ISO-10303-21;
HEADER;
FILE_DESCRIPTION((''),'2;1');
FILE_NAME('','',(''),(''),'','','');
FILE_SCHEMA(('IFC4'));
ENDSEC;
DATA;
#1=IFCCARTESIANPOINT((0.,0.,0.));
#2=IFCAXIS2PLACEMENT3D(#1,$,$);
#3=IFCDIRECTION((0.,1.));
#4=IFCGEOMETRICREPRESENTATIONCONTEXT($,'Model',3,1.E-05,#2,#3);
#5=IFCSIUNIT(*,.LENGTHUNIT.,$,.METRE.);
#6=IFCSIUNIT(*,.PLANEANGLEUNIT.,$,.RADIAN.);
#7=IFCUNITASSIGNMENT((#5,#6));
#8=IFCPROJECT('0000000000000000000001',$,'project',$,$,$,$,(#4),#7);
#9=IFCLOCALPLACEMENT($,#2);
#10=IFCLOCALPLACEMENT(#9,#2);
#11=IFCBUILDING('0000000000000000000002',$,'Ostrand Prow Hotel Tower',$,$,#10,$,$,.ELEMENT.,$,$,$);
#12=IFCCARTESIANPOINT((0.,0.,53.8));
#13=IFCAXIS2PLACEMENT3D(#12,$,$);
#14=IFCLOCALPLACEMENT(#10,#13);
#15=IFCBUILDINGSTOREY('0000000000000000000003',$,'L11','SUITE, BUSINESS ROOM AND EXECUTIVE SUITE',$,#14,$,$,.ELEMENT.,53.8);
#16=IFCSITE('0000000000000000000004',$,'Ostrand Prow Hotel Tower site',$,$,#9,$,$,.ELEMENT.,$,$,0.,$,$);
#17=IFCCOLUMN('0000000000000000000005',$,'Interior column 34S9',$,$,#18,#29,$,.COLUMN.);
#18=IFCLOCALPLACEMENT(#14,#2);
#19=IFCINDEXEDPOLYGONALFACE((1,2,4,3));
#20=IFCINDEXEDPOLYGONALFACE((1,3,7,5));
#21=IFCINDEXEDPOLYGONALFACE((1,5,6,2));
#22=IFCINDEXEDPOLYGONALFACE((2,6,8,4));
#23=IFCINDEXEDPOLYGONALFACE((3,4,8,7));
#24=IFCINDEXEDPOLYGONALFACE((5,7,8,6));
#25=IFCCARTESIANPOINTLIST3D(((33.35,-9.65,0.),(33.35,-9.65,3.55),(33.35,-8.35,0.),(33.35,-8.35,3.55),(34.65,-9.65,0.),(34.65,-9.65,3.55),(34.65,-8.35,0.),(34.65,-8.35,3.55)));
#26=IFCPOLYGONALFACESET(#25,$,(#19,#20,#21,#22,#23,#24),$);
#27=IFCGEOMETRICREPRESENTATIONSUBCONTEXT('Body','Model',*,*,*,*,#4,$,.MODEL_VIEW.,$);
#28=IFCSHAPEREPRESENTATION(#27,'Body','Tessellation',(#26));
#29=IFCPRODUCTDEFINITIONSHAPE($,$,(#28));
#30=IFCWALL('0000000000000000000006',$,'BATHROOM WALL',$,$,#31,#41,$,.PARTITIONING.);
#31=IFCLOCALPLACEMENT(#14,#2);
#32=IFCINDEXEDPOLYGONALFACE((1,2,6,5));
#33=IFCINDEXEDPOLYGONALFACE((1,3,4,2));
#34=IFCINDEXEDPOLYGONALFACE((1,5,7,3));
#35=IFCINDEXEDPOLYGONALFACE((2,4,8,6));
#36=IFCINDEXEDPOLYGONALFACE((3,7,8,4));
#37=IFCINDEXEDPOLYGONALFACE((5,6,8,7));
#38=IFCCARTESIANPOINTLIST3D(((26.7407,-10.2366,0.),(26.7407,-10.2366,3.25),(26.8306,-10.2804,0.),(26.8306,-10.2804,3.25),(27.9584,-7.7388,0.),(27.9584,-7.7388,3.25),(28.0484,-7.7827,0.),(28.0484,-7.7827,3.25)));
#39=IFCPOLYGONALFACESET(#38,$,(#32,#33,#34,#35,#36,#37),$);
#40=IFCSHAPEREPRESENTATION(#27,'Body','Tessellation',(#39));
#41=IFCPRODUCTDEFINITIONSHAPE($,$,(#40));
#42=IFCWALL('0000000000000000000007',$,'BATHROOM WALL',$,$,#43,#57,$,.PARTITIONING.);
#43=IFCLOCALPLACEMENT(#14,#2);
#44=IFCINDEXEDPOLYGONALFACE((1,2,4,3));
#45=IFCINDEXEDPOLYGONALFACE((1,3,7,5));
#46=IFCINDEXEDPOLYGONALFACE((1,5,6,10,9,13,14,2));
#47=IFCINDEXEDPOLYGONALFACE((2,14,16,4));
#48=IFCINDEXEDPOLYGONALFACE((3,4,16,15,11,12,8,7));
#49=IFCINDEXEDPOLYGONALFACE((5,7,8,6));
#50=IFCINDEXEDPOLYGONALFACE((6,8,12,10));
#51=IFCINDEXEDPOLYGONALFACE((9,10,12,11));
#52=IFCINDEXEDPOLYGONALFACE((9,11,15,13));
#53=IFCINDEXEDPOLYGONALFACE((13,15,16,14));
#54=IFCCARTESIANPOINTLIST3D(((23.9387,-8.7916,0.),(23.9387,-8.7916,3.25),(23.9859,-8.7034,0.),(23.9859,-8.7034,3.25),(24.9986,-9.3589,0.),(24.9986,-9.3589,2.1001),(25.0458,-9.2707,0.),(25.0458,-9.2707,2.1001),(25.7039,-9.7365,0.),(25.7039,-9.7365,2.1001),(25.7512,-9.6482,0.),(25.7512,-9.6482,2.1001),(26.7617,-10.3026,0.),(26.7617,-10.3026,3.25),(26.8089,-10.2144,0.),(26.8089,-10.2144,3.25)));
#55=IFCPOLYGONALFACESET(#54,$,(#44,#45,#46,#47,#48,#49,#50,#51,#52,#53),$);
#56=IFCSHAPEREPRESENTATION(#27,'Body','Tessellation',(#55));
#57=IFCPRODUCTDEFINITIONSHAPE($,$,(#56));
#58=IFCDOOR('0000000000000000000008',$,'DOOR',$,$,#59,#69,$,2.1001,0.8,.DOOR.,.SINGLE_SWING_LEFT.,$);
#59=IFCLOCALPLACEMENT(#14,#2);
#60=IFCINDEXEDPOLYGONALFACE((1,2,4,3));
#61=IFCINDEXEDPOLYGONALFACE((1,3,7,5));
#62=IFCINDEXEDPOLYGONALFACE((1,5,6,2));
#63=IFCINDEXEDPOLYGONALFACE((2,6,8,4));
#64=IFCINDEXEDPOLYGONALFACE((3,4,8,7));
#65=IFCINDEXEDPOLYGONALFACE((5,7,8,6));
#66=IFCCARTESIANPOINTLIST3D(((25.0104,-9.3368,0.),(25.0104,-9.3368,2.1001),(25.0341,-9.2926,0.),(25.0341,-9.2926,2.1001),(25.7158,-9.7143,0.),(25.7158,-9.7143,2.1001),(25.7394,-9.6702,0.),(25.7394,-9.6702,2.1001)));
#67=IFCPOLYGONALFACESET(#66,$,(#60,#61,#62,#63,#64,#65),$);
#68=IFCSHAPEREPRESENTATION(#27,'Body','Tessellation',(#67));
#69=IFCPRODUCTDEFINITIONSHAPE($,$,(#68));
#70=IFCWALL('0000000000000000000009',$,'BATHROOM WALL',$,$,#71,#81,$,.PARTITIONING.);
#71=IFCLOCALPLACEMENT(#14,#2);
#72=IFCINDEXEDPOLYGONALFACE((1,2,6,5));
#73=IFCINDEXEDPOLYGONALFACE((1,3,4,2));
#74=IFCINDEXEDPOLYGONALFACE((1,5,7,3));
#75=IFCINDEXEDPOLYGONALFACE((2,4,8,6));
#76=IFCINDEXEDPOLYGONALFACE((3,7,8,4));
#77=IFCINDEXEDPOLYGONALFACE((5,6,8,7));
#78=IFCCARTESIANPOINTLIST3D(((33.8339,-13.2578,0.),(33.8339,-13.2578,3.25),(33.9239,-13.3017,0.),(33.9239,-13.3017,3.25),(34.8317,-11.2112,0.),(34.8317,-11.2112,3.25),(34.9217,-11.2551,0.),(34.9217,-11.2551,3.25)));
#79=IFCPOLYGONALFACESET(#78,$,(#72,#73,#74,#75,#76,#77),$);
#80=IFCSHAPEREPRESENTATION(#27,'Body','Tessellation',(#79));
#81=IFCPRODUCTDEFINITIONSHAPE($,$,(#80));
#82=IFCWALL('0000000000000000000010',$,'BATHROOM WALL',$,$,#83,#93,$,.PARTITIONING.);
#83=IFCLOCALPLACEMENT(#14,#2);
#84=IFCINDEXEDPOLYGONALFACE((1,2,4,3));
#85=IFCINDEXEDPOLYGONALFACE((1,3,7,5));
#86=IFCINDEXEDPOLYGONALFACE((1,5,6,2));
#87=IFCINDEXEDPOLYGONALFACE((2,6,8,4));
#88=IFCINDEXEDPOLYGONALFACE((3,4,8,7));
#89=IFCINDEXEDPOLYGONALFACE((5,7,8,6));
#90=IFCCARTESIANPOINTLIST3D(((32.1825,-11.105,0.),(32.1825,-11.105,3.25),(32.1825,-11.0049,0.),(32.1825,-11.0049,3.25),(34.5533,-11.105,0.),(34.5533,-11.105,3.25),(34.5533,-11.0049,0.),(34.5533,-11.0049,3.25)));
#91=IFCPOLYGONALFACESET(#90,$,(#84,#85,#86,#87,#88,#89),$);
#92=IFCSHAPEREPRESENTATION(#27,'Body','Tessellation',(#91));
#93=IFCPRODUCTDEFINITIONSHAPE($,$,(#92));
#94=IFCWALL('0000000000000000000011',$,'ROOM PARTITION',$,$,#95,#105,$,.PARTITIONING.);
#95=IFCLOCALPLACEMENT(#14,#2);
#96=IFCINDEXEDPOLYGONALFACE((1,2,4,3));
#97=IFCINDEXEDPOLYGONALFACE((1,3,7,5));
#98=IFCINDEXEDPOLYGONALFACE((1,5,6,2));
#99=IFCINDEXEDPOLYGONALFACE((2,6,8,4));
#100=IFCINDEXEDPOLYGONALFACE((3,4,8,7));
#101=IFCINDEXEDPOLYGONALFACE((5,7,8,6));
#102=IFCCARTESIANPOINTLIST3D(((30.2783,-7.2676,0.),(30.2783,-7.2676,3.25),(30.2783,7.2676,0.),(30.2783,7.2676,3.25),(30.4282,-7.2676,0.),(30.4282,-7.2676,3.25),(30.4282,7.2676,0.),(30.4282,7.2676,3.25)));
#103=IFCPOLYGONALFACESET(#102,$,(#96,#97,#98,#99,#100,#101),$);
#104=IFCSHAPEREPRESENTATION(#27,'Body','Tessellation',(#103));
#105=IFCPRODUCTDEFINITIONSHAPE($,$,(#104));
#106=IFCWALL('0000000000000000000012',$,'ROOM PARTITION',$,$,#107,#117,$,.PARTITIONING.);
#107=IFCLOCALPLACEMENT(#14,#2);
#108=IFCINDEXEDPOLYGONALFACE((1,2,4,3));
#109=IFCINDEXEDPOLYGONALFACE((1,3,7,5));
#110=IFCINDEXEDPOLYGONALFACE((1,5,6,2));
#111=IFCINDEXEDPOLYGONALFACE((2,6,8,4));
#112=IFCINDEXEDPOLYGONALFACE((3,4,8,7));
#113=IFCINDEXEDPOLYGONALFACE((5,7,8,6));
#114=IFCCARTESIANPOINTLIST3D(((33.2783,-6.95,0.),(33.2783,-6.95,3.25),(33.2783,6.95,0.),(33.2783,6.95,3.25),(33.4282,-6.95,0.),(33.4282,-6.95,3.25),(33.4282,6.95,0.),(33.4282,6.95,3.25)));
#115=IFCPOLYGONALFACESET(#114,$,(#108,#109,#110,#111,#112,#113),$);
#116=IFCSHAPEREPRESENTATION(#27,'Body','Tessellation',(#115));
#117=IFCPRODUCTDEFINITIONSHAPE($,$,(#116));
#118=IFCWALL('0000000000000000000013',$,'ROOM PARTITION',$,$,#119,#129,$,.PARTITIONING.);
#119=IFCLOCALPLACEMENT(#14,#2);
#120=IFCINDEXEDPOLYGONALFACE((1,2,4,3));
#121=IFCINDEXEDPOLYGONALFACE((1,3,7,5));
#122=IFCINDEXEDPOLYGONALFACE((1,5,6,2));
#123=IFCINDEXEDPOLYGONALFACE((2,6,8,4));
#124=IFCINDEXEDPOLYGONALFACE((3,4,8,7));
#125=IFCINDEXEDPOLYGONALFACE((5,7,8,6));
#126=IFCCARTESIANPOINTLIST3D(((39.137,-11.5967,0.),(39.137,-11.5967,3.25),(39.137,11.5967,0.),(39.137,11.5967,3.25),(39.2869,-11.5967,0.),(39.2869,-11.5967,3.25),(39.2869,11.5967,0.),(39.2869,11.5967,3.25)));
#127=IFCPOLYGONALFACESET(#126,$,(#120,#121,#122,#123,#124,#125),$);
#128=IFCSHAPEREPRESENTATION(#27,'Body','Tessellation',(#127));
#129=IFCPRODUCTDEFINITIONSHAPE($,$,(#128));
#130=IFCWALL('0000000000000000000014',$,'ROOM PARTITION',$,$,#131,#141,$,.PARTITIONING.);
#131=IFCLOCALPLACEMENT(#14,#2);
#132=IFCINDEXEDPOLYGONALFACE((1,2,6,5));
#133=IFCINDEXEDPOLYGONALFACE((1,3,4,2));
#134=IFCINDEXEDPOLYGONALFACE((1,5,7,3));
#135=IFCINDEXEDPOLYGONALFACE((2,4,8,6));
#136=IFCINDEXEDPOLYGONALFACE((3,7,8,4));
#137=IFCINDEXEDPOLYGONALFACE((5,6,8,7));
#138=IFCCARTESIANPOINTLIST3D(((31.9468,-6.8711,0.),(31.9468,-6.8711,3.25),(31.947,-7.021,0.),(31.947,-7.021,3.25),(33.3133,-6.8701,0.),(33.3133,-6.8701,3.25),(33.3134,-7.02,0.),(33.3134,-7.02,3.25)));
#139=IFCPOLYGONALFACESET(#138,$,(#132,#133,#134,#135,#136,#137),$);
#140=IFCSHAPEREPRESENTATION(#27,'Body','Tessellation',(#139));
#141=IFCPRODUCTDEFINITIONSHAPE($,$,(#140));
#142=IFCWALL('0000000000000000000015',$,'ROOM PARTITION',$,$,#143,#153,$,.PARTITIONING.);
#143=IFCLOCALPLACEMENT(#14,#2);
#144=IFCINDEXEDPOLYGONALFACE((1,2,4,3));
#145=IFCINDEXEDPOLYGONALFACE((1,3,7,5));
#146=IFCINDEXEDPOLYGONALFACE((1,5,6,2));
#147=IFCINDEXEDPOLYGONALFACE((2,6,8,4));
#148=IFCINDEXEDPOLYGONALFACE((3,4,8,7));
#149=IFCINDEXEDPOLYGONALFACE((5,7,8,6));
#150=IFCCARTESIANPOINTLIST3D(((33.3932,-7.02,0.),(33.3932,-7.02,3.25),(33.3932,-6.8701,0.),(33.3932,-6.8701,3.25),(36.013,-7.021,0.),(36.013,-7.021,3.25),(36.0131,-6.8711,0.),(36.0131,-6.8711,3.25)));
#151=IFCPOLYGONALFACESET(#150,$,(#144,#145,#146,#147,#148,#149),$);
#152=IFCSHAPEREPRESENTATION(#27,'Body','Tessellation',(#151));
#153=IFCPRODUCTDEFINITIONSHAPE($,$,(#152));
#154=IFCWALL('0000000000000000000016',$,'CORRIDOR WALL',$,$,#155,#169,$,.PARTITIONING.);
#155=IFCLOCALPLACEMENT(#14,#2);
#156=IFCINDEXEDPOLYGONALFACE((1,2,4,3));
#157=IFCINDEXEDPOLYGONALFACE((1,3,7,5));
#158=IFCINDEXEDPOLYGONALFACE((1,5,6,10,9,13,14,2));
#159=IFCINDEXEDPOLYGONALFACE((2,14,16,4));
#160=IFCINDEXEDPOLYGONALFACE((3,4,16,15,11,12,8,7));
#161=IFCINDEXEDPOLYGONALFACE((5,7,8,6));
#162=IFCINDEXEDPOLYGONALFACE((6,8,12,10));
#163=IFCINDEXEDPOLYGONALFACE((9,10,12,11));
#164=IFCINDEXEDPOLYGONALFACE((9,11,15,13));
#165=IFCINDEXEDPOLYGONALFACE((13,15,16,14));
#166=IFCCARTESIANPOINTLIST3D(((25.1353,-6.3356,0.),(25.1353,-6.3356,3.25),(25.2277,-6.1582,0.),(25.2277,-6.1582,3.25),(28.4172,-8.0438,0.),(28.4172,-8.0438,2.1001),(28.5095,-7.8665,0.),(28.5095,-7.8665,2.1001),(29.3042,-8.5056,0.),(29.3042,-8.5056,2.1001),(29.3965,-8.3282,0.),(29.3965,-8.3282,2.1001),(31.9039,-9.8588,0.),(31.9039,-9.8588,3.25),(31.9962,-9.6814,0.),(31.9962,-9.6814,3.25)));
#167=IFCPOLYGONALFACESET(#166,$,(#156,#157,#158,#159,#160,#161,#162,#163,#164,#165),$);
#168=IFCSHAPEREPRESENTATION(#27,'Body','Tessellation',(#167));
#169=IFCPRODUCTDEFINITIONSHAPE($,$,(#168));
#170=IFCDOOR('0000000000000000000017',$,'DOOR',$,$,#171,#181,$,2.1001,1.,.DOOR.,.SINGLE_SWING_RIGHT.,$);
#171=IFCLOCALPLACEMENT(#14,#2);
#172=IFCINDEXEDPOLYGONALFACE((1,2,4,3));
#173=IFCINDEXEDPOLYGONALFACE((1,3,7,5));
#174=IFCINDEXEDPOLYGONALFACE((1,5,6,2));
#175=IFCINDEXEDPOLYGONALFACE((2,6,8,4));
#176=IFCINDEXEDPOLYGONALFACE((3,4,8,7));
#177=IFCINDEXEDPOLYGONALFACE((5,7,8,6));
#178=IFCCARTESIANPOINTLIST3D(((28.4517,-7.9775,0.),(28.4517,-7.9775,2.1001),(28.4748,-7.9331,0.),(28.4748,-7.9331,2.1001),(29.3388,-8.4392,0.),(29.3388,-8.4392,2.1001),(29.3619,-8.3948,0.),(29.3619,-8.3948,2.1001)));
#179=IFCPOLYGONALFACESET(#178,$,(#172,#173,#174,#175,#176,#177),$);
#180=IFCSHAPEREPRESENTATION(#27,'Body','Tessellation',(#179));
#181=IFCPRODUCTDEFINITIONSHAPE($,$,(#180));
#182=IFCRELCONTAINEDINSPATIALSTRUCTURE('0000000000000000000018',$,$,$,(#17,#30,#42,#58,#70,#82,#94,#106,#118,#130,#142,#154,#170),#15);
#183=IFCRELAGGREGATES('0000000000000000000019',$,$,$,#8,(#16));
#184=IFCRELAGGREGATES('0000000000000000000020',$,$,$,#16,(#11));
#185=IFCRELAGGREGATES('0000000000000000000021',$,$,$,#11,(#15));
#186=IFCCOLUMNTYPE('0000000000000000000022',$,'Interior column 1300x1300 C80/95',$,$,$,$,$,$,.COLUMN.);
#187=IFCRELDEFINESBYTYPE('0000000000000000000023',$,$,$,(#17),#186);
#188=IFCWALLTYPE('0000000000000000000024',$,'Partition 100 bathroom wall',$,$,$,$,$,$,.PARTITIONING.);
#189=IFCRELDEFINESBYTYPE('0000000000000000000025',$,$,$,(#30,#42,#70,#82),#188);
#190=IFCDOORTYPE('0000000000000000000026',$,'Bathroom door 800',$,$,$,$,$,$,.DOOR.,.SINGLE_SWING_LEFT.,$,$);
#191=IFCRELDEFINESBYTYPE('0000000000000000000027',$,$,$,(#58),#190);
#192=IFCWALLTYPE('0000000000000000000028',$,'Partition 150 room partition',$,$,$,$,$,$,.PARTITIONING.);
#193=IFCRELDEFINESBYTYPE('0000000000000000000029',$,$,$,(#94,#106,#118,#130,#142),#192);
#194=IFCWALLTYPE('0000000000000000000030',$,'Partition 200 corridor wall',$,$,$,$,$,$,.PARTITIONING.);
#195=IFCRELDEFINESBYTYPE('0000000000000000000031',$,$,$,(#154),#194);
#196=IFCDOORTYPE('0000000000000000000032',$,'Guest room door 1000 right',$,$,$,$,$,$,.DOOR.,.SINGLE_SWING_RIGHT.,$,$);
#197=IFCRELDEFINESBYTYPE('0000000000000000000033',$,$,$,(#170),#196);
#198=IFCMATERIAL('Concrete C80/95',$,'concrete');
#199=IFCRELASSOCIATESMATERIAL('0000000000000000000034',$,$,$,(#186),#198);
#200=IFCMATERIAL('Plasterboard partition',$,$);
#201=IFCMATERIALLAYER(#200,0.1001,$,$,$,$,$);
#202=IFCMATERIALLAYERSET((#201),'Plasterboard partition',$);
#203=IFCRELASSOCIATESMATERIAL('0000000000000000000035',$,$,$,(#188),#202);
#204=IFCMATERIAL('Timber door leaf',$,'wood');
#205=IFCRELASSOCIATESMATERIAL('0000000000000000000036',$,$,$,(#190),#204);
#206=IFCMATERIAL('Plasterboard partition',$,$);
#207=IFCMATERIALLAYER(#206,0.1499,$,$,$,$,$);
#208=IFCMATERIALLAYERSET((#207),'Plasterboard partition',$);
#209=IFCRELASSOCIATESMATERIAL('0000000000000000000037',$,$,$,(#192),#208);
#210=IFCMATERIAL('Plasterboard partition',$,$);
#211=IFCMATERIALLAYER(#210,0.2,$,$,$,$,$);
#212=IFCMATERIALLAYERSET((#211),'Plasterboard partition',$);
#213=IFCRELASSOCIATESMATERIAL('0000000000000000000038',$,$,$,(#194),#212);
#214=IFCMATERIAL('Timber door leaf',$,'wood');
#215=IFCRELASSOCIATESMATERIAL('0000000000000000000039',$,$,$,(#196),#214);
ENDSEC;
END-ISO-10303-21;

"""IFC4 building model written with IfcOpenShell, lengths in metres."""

from ifc_helpers import new_model, si_unit, direction, frame, frame_2d, origin, origin_2d, place, context, subcontext, project, spatial, rectangle, extrude, material, layer, layer_set, material_profile, profile_set, type_object, element, fill, save


model = new_model("IFC4")

# Units and contexts
model_context = context("Model", 3, precision=1e-05, world=origin(), true_north=direction((0.0, 1.0)))
body_context = subcontext(model_context, "Body", "Model", "MODEL_VIEW")
ifc_project = project(units=[si_unit("LENGTHUNIT", "METRE"), si_unit("PLANEANGLEUNIT", "RADIAN")], contexts=[model_context])

# Site, building, storey
site_placement = place(None, origin())
site = spatial("IfcSite", under=ifc_project, at=site_placement, Name="Ostrand Prow Hotel Tower site", CompositionType="ELEMENT", RefElevation=0.0)
building_placement = place(site_placement, origin())
building = spatial("IfcBuilding", under=site, at=building_placement, Name="Ostrand Prow Hotel Tower", CompositionType="ELEMENT")
storey_placement = place(building_placement, frame((0.0, 0.0, 53.8)))
storey = spatial("IfcBuildingStorey", under=building, at=storey_placement, Name="L11", Description="SUITE, BUSINESS ROOM AND EXECUTIVE SUITE", CompositionType="ELEMENT", Elevation=53.8)

# Column
ifc_material_1 = material(Name="Concrete C80/95", Category="concrete")
ifc_material_profile = material_profile(ifc_material_1, rectangle(XDim=1.3, YDim=1.3, at=origin_2d()), Name="RC 1300x1300")
ifc_profile_set = profile_set([ifc_material_profile], Name="Concrete C80/95")
column_type = type_object("IfcColumnType", Name="Interior column 1300x1300 C80/95", PredefinedType="COLUMN", material=ifc_profile_set)
column_placement = place(storey_placement, frame((34.0, -9.0, 0.0), z_axis=(0.0, 0.0, 1.0), x_axis=(1.0, 0.0, 0.0)))
element("IfcColumn", 1, at=column_placement, inside=storey, type_object=column_type, Name="Interior column 34S9", PredefinedType="COLUMN", context=body_context, shape_type="SweptSolid", body=[
    extrude(rectangle(XDim=1.3, YDim=1.3, at=origin_2d()), origin(), (0.0, 0.0, 1.0), 3.55),
])

# Wall
ifc_material_2 = material(Name="Plasterboard partition")
ifc_layer_1 = layer(ifc_material_2, 0.1001)
ifc_layer_set_1 = layer_set([ifc_layer_1], Name="Plasterboard partition")
wall_type_1 = type_object("IfcWallType", Name="Partition 100 bathroom wall", PredefinedType="PARTITIONING", material=ifc_layer_set_1)
wall_1_placement = place(storey_placement, frame((28.0034, -7.7607, 0.0), z_axis=(0.0, 0.0, 1.0), x_axis=(-0.43823, -0.898863, 0.0)))
element("IfcWall", 2, at=wall_1_placement, inside=storey, type_object=wall_type_1, Name="BATHROOM WALL", PredefinedType="PARTITIONING", context=body_context, shape_type="SweptSolid", body=[
    extrude(rectangle(XDim=2.7788, YDim=0.1001, at=frame_2d((1.3894, 0.0))), origin(), (0.0, 0.0, 1.0), 3.25),
])

# Wall, opening, door
wall_2_placement = place(storey_placement, frame((26.7854, -10.2585, 0.0), z_axis=(0.0, 0.0, 1.0), x_axis=(-0.881653, 0.471898, 0.0)))
wall_2 = element("IfcWall", 3, at=wall_2_placement, inside=storey, type_object=wall_type_1, Name="BATHROOM WALL", PredefinedType="PARTITIONING", context=body_context, shape_type="SweptSolid", body=[
    extrude(rectangle(XDim=3.2019, YDim=0.1001, at=frame_2d((1.6011, 0.0))), origin(), (0.0, 0.0, 1.0), 3.25),
])
opening_1_placement = place(wall_2_placement, frame((1.2, 0.0, 0.0)))
opening_1 = element("IfcOpeningElement", 4, at=opening_1_placement, cuts=wall_2, PredefinedType="OPENING", context=body_context, shape_type="SweptSolid", body=[
    extrude(rectangle(XDim=0.8, YDim=2.1001, at=frame_2d((0.3999, 1.05))), frame((0.0, 0.0601, 0.0), z_axis=(0.0, -1.0, 0.0), x_axis=(1.0, 0.0, 0.0)), (0.0, 0.0, 1.0), 0.1201),
])
ifc_material_3 = material(Name="Timber door leaf", Category="wood")
door_type_1 = type_object("IfcDoorType", Name="Bathroom door 800", OperationType="SINGLE_SWING_LEFT", PredefinedType="DOOR", material=ifc_material_3)
door_1_placement = place(opening_1_placement, origin())
door_1 = element("IfcDoor", 5, at=door_1_placement, inside=storey, type_object=door_type_1, Name="DOOR", OperationType="SINGLE_SWING_LEFT", OverallHeight=2.1001, OverallWidth=0.8, PredefinedType="DOOR", context=body_context, shape_type="SweptSolid", body=[
    extrude(rectangle(XDim=0.8, YDim=2.1001, at=frame_2d((0.3999, 1.05))), frame((0.0, 0.0249, 0.0), z_axis=(0.0, -1.0, 0.0), x_axis=(1.0, 0.0, 0.0)), (0.0, 0.0, 1.0), 0.05),
])
fill(opening_1, door_1)

# Walls
wall_3_placement = place(storey_placement, frame((34.8767, -11.2332, 0.0), z_axis=(0.0, 0.0, 1.0), x_axis=(-0.438227, -0.898864, 0.0)))
element("IfcWall", 6, at=wall_3_placement, inside=storey, type_object=wall_type_1, Name="BATHROOM WALL", PredefinedType="PARTITIONING", context=body_context, shape_type="SweptSolid", body=[
    extrude(rectangle(XDim=2.2769, YDim=0.1001, at=frame_2d((1.1384, 0.0))), origin(), (0.0, 0.0, 1.0), 3.25),
])
wall_4_placement = place(storey_placement, frame((32.1824, -11.0549, 0.0), z_axis=(0.0, 0.0, 1.0), x_axis=(1.0, 0.0, 0.0)))
element("IfcWall", 7, at=wall_4_placement, inside=storey, type_object=wall_type_1, Name="BATHROOM WALL", PredefinedType="PARTITIONING", context=body_context, shape_type="SweptSolid", body=[
    extrude(rectangle(XDim=2.3708, YDim=0.1001, at=frame_2d((1.1855, 0.0))), origin(), (0.0, 0.0, 1.0), 3.25),
])
ifc_material_4 = material(Name="Plasterboard partition")
ifc_layer_2 = layer(ifc_material_4, 0.1499)
ifc_layer_set_2 = layer_set([ifc_layer_2], Name="Plasterboard partition")
wall_type_2 = type_object("IfcWallType", Name="Partition 150 room partition", PredefinedType="PARTITIONING", material=ifc_layer_set_2)
wall_5_placement = place(storey_placement, frame((30.3533, -7.2676, 0.0), z_axis=(0.0, 0.0, 1.0), x_axis=(0.0, 1.0, 0.0)))
element("IfcWall", 8, at=wall_5_placement, inside=storey, type_object=wall_type_2, Name="ROOM PARTITION", PredefinedType="PARTITIONING", context=body_context, shape_type="SweptSolid", body=[
    extrude(rectangle(XDim=14.5352, YDim=0.1499, at=frame_2d((7.2676, 0.0))), origin(), (0.0, 0.0, 1.0), 3.25),
])
wall_6_placement = place(storey_placement, frame((33.3533, -6.95, 0.0), z_axis=(0.0, 0.0, 1.0), x_axis=(0.0, 1.0, 0.0)))
element("IfcWall", 9, at=wall_6_placement, inside=storey, type_object=wall_type_2, Name="ROOM PARTITION", PredefinedType="PARTITIONING", context=body_context, shape_type="SweptSolid", body=[
    extrude(rectangle(XDim=13.8999, YDim=0.1499, at=frame_2d((6.95, 0.0))), origin(), (0.0, 0.0, 1.0), 3.25),
])
wall_7_placement = place(storey_placement, frame((39.2119, -11.5967, 0.0), z_axis=(0.0, 0.0, 1.0), x_axis=(0.0, 1.0, 0.0)))
element("IfcWall", 10, at=wall_7_placement, inside=storey, type_object=wall_type_2, Name="ROOM PARTITION", PredefinedType="PARTITIONING", context=body_context, shape_type="SweptSolid", body=[
    extrude(rectangle(XDim=23.1934, YDim=0.1499, at=frame_2d((11.5967, 0.0))), origin(), (0.0, 0.0, 1.0), 3.25),
])
wall_8_placement = place(storey_placement, frame((33.3132, -6.9451, 0.0), z_axis=(0.0, 0.0, 1.0), x_axis=(-1.0, -0.000715, 0.0)))
element("IfcWall", 11, at=wall_8_placement, inside=storey, type_object=wall_type_2, Name="ROOM PARTITION", PredefinedType="PARTITIONING", context=body_context, shape_type="SweptSolid", body=[
    extrude(rectangle(XDim=1.3665, YDim=0.1499, at=frame_2d((0.6831, 0.0))), origin(), (0.0, 0.0, 1.0), 3.25),
])
wall_9_placement = place(storey_placement, frame((36.0132, -6.946, 0.0), z_axis=(0.0, 0.0, 1.0), x_axis=(-1.0, 0.000373, 0.0)))
element("IfcWall", 12, at=wall_9_placement, inside=storey, type_object=wall_type_2, Name="ROOM PARTITION", PredefinedType="PARTITIONING", context=body_context, shape_type="SweptSolid", body=[
    extrude(rectangle(XDim=2.6199, YDim=0.1499, at=frame_2d((1.3101, 0.0))), origin(), (0.0, 0.0, 1.0), 3.25),
])

# Wall, opening, door
ifc_material_5 = material(Name="Plasterboard partition")
ifc_layer_3 = layer(ifc_material_5, 0.2)
ifc_layer_set_3 = layer_set([ifc_layer_3], Name="Plasterboard partition")
wall_type_3 = type_object("IfcWallType", Name="Partition 200 corridor wall", PredefinedType="PARTITIONING", material=ifc_layer_set_3)
wall_10_placement = place(storey_placement, frame((25.1814, -6.2468, 0.0), z_axis=(0.0, 0.0, 1.0), x_axis=(0.887027, -0.461718, 0.0)))
wall_10 = element("IfcWall", 13, at=wall_10_placement, inside=storey, type_object=wall_type_3, Name="CORRIDOR WALL", PredefinedType="PARTITIONING", context=body_context, shape_type="SweptSolid", body=[
    extrude(rectangle(XDim=7.6306, YDim=0.2, at=frame_2d((3.8154, 0.0))), origin(), (0.0, 0.0, 1.0), 3.25),
])
opening_2_placement = place(wall_10_placement, frame((3.7, 0.0, 0.0)))
opening_2 = element("IfcOpeningElement", 14, at=opening_2_placement, cuts=wall_10, PredefinedType="OPENING", context=body_context, shape_type="SweptSolid", body=[
    extrude(rectangle(XDim=1.0, YDim=2.1001, at=frame_2d((0.5, 1.05))), frame((0.0, 0.1099, 0.0), z_axis=(0.0, -1.0, 0.0), x_axis=(1.0, 0.0, 0.0)), (0.0, 0.0, 1.0), 0.22),
])
ifc_material_6 = material(Name="Timber door leaf", Category="wood")
door_type_2 = type_object("IfcDoorType", Name="Guest room door 1000 right", OperationType="SINGLE_SWING_RIGHT", PredefinedType="DOOR", material=ifc_material_6)
door_2_placement = place(opening_2_placement, origin())
door_2 = element("IfcDoor", 15, at=door_2_placement, inside=storey, type_object=door_type_2, Name="DOOR", OperationType="SINGLE_SWING_RIGHT", OverallHeight=2.1001, OverallWidth=1.0, PredefinedType="DOOR", context=body_context, shape_type="SweptSolid", body=[
    extrude(rectangle(XDim=1.0, YDim=2.1001, at=frame_2d((0.5, 1.05))), frame((0.0, 0.0249, 0.0), z_axis=(0.0, -1.0, 0.0), x_axis=(1.0, 0.0, 0.0)), (0.0, 0.0, 1.0), 0.05),
])
fill(opening_2, door_2)

save(model, "model.ifc")
